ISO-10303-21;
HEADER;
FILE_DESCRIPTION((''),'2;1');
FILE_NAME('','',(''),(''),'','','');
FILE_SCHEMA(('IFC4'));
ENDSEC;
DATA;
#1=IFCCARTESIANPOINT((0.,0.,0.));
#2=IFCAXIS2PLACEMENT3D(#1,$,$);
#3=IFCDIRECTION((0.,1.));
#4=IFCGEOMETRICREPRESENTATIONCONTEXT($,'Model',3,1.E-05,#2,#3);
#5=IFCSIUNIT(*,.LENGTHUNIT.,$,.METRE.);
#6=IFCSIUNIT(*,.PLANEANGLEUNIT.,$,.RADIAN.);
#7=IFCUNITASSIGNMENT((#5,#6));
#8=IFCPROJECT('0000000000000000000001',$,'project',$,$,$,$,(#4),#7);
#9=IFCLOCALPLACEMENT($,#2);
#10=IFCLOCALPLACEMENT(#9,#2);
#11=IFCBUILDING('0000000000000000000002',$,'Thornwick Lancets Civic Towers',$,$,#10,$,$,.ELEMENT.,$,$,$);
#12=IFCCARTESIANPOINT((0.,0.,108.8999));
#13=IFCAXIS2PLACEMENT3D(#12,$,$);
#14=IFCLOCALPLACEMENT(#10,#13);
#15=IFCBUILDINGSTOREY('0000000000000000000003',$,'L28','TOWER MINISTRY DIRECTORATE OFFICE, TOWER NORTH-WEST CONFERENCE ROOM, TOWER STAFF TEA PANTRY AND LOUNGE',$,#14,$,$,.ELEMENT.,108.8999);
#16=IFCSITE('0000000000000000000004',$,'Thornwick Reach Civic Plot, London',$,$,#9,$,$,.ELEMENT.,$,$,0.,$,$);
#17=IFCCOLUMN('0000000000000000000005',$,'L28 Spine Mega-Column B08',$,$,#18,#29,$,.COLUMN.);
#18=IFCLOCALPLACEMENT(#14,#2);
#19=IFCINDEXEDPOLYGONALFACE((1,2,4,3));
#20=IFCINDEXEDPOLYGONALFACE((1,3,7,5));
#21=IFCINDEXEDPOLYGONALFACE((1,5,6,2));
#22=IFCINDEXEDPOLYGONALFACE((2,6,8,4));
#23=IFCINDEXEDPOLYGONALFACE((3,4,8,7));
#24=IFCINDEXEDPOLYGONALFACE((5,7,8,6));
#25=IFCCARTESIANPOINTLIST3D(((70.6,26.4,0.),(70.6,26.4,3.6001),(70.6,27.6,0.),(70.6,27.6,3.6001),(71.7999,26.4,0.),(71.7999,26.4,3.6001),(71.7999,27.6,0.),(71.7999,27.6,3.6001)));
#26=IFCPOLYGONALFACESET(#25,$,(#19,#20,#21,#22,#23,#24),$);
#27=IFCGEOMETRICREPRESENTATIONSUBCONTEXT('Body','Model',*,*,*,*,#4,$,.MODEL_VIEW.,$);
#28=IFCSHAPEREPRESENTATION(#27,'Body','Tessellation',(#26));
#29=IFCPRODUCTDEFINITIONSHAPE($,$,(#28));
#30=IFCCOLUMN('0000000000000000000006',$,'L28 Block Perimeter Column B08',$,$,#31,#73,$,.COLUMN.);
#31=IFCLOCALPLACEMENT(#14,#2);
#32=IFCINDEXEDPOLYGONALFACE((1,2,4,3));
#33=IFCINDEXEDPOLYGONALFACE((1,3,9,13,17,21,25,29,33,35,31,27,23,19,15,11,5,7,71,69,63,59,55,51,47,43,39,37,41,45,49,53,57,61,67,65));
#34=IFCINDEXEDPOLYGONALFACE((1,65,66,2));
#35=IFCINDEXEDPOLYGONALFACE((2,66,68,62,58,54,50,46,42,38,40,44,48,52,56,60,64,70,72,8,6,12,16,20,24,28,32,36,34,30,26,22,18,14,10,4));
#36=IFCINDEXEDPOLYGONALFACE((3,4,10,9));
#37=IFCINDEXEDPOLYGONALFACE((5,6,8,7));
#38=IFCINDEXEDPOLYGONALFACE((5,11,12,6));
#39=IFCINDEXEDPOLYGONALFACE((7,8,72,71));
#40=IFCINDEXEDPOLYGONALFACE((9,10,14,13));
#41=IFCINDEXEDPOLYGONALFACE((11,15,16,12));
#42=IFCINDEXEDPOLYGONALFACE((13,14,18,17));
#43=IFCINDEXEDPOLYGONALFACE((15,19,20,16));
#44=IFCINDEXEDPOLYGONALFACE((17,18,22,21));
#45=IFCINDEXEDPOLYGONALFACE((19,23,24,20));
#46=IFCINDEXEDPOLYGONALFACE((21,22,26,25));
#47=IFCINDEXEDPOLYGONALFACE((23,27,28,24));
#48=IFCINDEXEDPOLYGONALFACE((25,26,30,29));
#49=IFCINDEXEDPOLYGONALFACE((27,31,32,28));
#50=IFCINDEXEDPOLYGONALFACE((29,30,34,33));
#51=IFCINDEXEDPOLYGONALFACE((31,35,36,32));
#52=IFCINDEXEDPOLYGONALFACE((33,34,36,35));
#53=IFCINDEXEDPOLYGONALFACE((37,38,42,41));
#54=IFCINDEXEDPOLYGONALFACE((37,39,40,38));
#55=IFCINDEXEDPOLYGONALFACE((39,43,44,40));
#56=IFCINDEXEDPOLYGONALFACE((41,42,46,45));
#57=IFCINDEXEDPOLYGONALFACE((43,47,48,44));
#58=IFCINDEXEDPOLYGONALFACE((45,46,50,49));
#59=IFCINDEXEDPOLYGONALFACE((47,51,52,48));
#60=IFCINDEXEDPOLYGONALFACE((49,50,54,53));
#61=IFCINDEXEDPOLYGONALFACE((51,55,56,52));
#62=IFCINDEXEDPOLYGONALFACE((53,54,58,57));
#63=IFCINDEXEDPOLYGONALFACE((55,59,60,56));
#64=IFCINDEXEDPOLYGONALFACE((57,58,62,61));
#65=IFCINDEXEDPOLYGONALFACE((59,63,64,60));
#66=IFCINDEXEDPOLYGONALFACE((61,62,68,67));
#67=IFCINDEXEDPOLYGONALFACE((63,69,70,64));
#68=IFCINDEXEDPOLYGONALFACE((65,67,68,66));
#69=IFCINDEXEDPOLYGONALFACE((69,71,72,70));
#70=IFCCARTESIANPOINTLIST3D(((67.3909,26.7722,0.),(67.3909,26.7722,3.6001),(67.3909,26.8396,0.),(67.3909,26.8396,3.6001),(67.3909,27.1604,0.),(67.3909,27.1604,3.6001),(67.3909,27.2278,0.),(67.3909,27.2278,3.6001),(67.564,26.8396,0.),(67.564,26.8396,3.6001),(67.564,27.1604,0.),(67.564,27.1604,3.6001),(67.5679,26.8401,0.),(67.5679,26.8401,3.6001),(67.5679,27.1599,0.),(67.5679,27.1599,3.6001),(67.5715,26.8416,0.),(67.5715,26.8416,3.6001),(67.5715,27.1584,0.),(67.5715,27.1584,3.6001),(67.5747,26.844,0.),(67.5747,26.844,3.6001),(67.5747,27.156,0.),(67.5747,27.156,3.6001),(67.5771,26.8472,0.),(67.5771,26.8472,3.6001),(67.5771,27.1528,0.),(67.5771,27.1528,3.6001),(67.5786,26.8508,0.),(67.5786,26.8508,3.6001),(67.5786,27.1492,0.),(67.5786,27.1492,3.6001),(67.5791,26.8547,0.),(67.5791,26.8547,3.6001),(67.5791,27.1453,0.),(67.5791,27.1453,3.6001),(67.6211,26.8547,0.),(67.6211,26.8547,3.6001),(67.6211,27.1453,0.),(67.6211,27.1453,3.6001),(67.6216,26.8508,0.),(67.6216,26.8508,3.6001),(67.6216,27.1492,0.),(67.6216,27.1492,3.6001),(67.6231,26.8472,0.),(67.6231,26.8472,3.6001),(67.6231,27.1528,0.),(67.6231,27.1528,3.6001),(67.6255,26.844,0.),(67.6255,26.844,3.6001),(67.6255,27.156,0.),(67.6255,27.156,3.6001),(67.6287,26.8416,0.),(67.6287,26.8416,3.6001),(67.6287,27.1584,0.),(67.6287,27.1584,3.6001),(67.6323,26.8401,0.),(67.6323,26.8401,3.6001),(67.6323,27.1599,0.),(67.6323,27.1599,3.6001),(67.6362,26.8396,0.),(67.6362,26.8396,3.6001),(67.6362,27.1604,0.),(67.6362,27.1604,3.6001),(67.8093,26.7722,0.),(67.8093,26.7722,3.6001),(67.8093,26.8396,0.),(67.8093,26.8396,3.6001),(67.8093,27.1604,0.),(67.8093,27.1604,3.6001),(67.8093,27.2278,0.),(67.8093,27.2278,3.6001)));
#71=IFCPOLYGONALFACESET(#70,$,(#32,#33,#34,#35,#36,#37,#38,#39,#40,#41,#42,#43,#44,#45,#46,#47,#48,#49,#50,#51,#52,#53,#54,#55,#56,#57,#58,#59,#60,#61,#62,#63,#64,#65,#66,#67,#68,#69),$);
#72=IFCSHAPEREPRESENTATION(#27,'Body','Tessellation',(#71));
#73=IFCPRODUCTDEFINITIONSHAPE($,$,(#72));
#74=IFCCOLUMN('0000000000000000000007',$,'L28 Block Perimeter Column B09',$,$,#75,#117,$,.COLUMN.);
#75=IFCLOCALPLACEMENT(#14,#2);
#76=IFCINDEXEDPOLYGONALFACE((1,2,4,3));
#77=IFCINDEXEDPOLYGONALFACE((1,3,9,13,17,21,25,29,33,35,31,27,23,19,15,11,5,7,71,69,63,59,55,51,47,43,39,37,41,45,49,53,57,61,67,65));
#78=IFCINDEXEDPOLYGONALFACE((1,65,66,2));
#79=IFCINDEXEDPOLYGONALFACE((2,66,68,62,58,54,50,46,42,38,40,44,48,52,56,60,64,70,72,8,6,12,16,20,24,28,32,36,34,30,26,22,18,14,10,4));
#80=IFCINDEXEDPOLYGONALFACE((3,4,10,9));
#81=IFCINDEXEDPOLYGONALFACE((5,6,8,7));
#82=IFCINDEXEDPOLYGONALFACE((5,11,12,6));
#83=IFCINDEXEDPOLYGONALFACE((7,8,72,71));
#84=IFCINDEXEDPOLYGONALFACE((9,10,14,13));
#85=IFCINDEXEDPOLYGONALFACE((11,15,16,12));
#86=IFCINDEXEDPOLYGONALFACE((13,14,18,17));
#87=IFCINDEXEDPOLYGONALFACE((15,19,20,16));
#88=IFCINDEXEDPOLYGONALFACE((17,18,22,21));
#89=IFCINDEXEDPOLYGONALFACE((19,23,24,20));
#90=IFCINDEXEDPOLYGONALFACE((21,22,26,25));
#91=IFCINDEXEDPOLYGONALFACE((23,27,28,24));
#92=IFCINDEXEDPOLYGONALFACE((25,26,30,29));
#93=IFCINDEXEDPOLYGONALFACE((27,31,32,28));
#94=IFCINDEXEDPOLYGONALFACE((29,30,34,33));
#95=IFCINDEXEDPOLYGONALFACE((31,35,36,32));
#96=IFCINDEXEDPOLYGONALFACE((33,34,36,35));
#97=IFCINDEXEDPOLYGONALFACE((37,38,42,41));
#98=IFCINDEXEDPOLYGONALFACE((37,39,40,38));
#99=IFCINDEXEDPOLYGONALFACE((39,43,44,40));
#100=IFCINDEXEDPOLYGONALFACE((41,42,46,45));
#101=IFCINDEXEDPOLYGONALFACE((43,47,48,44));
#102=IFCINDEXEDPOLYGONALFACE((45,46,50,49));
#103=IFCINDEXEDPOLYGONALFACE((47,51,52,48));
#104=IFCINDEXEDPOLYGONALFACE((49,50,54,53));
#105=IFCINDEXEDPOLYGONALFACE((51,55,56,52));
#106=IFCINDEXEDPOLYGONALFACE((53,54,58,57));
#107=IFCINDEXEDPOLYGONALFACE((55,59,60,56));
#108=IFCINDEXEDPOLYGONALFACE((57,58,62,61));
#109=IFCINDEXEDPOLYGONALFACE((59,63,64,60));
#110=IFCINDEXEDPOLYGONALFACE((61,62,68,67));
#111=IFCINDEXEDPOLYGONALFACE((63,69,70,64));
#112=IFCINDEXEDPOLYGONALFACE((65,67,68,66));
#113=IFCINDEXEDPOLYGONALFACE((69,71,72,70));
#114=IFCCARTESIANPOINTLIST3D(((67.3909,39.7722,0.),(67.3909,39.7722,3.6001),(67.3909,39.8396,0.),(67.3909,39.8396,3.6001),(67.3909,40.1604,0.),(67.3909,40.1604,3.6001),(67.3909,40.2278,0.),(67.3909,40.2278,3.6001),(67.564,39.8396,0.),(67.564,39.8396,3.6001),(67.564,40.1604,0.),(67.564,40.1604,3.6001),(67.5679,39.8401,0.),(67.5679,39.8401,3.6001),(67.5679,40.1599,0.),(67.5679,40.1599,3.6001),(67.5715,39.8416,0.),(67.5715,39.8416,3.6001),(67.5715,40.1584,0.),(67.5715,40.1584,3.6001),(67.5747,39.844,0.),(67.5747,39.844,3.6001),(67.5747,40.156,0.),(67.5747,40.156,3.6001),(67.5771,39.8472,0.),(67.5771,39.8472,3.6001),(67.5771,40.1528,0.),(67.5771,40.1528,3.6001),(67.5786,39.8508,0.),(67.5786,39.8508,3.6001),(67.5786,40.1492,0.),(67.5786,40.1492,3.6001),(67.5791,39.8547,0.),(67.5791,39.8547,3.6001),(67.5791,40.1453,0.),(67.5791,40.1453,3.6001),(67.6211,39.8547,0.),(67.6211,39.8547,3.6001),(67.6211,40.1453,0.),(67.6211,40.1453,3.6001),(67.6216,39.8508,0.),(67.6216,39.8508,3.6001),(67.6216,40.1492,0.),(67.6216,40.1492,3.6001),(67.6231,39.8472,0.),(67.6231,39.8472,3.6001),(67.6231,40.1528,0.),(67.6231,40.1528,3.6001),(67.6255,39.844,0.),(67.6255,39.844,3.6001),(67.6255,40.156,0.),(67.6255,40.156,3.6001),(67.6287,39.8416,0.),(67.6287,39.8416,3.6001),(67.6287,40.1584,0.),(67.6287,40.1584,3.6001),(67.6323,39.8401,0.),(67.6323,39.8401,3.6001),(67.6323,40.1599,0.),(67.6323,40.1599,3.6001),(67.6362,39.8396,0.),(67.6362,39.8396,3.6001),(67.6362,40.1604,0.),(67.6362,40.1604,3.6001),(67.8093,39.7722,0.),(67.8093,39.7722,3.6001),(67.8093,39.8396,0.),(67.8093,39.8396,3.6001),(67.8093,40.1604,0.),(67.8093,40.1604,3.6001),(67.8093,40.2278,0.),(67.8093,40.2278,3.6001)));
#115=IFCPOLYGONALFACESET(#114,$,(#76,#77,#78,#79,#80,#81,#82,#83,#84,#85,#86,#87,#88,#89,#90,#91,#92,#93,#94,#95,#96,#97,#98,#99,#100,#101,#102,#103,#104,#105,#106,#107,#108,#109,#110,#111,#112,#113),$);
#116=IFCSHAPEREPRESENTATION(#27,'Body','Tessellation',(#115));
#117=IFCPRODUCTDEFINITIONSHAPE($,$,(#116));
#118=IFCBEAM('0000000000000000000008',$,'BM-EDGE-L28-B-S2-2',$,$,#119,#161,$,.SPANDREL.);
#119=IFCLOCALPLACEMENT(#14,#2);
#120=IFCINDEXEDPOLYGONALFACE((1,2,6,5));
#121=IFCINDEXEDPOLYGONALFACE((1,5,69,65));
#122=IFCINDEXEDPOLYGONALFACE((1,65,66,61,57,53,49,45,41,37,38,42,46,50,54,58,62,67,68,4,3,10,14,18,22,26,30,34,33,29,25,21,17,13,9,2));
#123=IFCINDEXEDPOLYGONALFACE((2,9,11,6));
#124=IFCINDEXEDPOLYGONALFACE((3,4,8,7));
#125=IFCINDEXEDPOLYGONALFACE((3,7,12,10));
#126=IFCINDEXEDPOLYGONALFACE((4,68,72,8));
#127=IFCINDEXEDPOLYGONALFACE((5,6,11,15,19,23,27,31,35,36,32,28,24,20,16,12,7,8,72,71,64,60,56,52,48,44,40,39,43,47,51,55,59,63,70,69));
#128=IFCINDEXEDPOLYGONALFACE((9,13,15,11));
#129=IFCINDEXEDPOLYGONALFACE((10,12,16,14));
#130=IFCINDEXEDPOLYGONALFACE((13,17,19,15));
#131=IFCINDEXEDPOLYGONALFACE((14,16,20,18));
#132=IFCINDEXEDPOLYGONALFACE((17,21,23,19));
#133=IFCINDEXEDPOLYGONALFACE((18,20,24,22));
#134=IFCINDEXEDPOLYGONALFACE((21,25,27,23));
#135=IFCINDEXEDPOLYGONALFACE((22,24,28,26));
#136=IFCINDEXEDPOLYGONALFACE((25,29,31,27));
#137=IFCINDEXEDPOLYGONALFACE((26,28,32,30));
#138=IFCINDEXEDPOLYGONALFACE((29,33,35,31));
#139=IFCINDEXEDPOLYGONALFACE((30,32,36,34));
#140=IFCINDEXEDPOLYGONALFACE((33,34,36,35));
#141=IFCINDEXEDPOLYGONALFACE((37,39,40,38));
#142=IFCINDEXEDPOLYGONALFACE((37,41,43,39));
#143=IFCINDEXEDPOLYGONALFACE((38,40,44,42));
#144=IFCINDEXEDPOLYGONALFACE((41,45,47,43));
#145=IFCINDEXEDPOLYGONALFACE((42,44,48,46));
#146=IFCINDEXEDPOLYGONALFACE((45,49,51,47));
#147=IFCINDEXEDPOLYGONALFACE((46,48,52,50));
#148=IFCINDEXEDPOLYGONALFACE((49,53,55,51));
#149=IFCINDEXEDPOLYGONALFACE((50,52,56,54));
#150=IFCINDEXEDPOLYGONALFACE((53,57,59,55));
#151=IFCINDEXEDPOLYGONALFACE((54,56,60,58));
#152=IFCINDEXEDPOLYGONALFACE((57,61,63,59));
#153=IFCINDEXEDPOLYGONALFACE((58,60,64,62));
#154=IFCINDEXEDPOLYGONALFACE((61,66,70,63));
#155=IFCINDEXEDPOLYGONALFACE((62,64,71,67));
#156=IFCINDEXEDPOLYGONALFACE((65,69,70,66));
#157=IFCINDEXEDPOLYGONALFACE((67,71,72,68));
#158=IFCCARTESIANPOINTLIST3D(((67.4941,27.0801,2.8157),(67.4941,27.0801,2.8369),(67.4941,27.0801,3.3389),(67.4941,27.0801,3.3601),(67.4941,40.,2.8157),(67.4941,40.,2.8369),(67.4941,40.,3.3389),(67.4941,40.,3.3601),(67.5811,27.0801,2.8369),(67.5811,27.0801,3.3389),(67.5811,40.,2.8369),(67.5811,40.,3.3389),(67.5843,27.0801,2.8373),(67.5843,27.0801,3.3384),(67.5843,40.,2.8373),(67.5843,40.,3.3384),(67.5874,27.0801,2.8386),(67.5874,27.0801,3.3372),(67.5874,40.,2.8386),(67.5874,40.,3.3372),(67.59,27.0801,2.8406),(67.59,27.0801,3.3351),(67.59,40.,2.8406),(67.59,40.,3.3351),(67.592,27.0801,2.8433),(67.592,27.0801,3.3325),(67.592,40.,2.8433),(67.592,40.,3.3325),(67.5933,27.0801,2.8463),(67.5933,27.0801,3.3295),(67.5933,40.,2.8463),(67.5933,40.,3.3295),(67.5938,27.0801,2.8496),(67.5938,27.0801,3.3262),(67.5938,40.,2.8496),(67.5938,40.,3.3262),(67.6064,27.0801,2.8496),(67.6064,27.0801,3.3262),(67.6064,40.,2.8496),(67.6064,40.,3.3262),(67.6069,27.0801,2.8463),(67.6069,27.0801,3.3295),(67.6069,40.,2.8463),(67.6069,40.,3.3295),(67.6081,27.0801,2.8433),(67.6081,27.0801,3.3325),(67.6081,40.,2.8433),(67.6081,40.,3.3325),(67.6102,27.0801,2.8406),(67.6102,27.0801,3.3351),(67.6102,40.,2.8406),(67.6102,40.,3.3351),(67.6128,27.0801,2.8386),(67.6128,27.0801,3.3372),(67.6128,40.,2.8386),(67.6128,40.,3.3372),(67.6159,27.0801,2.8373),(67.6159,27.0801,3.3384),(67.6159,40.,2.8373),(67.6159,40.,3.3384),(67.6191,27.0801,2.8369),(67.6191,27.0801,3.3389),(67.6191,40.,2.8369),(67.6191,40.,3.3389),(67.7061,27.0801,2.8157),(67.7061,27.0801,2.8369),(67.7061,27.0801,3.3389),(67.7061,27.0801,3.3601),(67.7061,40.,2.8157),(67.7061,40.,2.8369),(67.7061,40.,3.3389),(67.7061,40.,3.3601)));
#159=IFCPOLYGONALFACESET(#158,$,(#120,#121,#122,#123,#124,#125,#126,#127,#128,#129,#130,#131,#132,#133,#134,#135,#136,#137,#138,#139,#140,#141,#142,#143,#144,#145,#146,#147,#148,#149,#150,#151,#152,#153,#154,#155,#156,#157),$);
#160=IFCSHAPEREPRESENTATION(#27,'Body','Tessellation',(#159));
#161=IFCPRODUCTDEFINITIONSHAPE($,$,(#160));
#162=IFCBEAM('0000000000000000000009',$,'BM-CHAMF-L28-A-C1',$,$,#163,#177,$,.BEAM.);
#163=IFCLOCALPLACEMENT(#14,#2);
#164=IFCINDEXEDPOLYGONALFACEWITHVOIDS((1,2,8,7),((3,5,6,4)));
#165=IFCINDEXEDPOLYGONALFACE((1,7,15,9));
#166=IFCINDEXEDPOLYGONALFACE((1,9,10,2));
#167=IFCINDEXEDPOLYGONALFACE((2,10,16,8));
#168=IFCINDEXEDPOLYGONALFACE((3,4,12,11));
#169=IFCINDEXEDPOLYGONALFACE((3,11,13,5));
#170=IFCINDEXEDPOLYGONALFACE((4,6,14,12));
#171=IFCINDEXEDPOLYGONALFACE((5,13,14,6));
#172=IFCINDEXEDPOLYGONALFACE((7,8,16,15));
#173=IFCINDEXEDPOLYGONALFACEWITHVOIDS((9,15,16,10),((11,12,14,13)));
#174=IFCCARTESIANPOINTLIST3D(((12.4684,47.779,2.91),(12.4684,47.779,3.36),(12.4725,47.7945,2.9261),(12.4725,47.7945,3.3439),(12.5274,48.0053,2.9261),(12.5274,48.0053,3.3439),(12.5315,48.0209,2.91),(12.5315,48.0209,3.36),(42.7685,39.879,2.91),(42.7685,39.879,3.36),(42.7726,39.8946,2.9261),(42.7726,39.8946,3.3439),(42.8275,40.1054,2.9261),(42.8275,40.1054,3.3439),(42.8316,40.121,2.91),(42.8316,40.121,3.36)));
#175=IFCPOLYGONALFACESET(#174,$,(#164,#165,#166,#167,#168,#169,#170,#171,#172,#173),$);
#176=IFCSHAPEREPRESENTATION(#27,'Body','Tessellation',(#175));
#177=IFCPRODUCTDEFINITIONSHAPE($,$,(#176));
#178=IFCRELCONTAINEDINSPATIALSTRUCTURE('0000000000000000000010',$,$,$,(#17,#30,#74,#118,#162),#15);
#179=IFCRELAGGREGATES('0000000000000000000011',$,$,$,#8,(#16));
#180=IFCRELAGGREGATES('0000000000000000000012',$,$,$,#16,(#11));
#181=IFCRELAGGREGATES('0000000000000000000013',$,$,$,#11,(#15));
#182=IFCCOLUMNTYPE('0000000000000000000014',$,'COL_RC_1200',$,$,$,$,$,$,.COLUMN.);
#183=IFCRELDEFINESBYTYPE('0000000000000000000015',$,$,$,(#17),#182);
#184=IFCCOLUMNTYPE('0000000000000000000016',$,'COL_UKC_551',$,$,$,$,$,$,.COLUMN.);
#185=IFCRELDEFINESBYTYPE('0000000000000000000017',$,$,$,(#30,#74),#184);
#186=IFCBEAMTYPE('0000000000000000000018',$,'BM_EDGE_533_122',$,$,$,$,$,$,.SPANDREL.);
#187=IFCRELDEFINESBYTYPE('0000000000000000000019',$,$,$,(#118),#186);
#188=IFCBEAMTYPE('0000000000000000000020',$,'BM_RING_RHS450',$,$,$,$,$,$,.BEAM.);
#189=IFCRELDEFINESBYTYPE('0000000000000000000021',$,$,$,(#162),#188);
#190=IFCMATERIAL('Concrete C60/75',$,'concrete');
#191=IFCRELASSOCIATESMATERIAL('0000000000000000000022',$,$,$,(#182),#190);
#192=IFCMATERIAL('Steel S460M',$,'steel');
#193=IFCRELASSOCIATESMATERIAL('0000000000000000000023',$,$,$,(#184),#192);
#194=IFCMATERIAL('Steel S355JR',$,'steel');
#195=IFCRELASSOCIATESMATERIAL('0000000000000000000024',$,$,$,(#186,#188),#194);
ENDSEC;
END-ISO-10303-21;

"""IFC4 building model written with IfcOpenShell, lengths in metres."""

from ifc_helpers import new_model, si_unit, direction, frame, origin, origin_2d, place, context, subcontext, project, spatial, rectangle, hollow_rectangle, i_section, extrude, material, material_profile, profile_set, type_object, element, save


model = new_model("IFC4")

# Units and contexts
model_context = context("Model", 3, precision=1e-05, world=origin(), true_north=direction((0.0, 1.0)))
body_context = subcontext(model_context, "Body", "Model", "MODEL_VIEW")
ifc_project = project(units=[si_unit("LENGTHUNIT", "METRE"), si_unit("PLANEANGLEUNIT", "RADIAN")], contexts=[model_context])

# Site, building, storey
site_placement = place(None, origin())
site = spatial("IfcSite", under=ifc_project, at=site_placement, Name="Thornwick Reach Civic Plot, London", CompositionType="ELEMENT", RefElevation=0.0)
building_placement = place(site_placement, origin())
building = spatial("IfcBuilding", under=site, at=building_placement, Name="Thornwick Lancets Civic Towers", CompositionType="ELEMENT")
storey_placement = place(building_placement, frame((0.0, 0.0, 108.8999)))
storey = spatial("IfcBuildingStorey", under=building, at=storey_placement, Name="L28", Description="TOWER MINISTRY DIRECTORATE OFFICE, TOWER NORTH-WEST CONFERENCE ROOM, TOWER STAFF TEA PANTRY AND LOUNGE", CompositionType="ELEMENT", Elevation=108.8999)

# Columns
ifc_material_1 = material(Name="Concrete C60/75", Category="concrete")
ifc_material_profile_1 = material_profile(ifc_material_1, rectangle(XDim=1.2, YDim=1.2, at=origin_2d()), Name="RC 1200x1200")
ifc_profile_set_1 = profile_set([ifc_material_profile_1], Name="Concrete C60/75")
column_type_1 = type_object("IfcColumnType", Name="COL_RC_1200", PredefinedType="COLUMN", material=ifc_profile_set_1)
column_placement = place(storey_placement, frame((71.2, 27.0, 0.0), z_axis=(0.0, 0.0, 1.0), x_axis=(1.0, 0.0, 0.0)))
element("IfcColumn", 1, at=column_placement, inside=storey, type_object=column_type_1, Name="L28 Spine Mega-Column B08", PredefinedType="COLUMN", context=body_context, shape_type="SweptSolid", body=[
    extrude(rectangle(XDim=1.2, YDim=1.2, at=origin_2d()), origin(), (0.0, 0.0, 1.0), 3.6001),
])
ifc_material_2 = material(Name="Steel S460M", Category="steel")
ifc_material_profile_2 = material_profile(ifc_material_2, i_section(OverallWidth=0.4185, OverallDepth=0.4556, WebThickness=0.042, FlangeThickness=0.0674, FilletRadius=0.0151, at=origin_2d()), Name="UKC 356x406x551")
ifc_profile_set_2 = profile_set([ifc_material_profile_2], Name="Steel S460M")
column_type_2 = type_object("IfcColumnType", Name="COL_UKC_551", PredefinedType="COLUMN", material=ifc_profile_set_2)
for number, where, z_axis, x_axis, name in (
    (2, (67.6001, 27.0, 0.0), (0.0, 0.0, 1.0), (1.0, 0.0, 0.0), "L28 Block Perimeter Column B08"),
    (3, (67.6001, 40.0, 0.0), (0.0, 0.0, 1.0), (1.0, 0.0, 0.0), "L28 Block Perimeter Column B09"),
):
    element("IfcColumn", number, at=place(storey_placement, frame(where, z_axis=z_axis, x_axis=x_axis)), inside=storey, type_object=column_type_2, Name=name, PredefinedType="COLUMN", context=body_context, shape_type="SweptSolid", body=[
        extrude(i_section(OverallWidth=0.4185, OverallDepth=0.4556, WebThickness=0.042, FlangeThickness=0.0674, FilletRadius=0.0151, at=origin_2d()), origin(), (0.0, 0.0, 1.0), 3.6001),
    ])

# Beams
ifc_material_3 = material(Name="Steel S355JR", Category="steel")
ifc_material_profile_3 = material_profile(ifc_material_3, i_section(OverallWidth=0.2119, OverallDepth=0.5444, WebThickness=0.0127, FlangeThickness=0.0212, FilletRadius=0.0127, at=origin_2d()), Name="UKB 533x210x122")
ifc_profile_set_3 = profile_set([ifc_material_profile_3], Name="Steel S355JR")
beam_type_1 = type_object("IfcBeamType", Name="BM_EDGE_533_122", PredefinedType="SPANDREL", material=ifc_profile_set_3)
beam_1_placement = place(storey_placement, frame((67.6001, 27.0801, 3.0879), z_axis=(0.0, 1.0, 0.0), x_axis=(-1.0, 0.0, 0.0)))
element("IfcBeam", 4, at=beam_1_placement, inside=storey, type_object=beam_type_1, Name="BM-EDGE-L28-B-S2-2", PredefinedType="SPANDREL", context=body_context, shape_type="SweptSolid", body=[
    extrude(i_section(OverallWidth=0.2119, OverallDepth=0.5444, WebThickness=0.0127, FlangeThickness=0.0212, FilletRadius=0.0127, at=origin_2d()), origin(), (0.0, 0.0, 1.0), 12.9199),
])
ifc_material_profile_4 = material_profile(ifc_material_3, hollow_rectangle(XDim=0.25, YDim=0.45, WallThickness=0.0161, at=origin_2d()), Name="RHS 450x250x16")
ifc_profile_set_4 = profile_set([ifc_material_profile_4], Name="Steel S355JR")
beam_type_2 = type_object("IfcBeamType", Name="BM_RING_RHS450", PredefinedType="BEAM", material=ifc_profile_set_4)
beam_2_placement = place(storey_placement, frame((42.8, 40.0, 3.135), z_axis=(-0.967652, 0.252289, 0.0), x_axis=(-0.252289, -0.967652, 0.0)))
element("IfcBeam", 5, at=beam_2_placement, inside=storey, type_object=beam_type_2, Name="BM-CHAMF-L28-A-C1", PredefinedType="BEAM", context=body_context, shape_type="SweptSolid", body=[
    extrude(hollow_rectangle(XDim=0.25, YDim=0.45, WallThickness=0.0161, at=origin_2d()), origin(), (0.0, 0.0, 1.0), 31.313),
])

save(model, "model.ifc")
